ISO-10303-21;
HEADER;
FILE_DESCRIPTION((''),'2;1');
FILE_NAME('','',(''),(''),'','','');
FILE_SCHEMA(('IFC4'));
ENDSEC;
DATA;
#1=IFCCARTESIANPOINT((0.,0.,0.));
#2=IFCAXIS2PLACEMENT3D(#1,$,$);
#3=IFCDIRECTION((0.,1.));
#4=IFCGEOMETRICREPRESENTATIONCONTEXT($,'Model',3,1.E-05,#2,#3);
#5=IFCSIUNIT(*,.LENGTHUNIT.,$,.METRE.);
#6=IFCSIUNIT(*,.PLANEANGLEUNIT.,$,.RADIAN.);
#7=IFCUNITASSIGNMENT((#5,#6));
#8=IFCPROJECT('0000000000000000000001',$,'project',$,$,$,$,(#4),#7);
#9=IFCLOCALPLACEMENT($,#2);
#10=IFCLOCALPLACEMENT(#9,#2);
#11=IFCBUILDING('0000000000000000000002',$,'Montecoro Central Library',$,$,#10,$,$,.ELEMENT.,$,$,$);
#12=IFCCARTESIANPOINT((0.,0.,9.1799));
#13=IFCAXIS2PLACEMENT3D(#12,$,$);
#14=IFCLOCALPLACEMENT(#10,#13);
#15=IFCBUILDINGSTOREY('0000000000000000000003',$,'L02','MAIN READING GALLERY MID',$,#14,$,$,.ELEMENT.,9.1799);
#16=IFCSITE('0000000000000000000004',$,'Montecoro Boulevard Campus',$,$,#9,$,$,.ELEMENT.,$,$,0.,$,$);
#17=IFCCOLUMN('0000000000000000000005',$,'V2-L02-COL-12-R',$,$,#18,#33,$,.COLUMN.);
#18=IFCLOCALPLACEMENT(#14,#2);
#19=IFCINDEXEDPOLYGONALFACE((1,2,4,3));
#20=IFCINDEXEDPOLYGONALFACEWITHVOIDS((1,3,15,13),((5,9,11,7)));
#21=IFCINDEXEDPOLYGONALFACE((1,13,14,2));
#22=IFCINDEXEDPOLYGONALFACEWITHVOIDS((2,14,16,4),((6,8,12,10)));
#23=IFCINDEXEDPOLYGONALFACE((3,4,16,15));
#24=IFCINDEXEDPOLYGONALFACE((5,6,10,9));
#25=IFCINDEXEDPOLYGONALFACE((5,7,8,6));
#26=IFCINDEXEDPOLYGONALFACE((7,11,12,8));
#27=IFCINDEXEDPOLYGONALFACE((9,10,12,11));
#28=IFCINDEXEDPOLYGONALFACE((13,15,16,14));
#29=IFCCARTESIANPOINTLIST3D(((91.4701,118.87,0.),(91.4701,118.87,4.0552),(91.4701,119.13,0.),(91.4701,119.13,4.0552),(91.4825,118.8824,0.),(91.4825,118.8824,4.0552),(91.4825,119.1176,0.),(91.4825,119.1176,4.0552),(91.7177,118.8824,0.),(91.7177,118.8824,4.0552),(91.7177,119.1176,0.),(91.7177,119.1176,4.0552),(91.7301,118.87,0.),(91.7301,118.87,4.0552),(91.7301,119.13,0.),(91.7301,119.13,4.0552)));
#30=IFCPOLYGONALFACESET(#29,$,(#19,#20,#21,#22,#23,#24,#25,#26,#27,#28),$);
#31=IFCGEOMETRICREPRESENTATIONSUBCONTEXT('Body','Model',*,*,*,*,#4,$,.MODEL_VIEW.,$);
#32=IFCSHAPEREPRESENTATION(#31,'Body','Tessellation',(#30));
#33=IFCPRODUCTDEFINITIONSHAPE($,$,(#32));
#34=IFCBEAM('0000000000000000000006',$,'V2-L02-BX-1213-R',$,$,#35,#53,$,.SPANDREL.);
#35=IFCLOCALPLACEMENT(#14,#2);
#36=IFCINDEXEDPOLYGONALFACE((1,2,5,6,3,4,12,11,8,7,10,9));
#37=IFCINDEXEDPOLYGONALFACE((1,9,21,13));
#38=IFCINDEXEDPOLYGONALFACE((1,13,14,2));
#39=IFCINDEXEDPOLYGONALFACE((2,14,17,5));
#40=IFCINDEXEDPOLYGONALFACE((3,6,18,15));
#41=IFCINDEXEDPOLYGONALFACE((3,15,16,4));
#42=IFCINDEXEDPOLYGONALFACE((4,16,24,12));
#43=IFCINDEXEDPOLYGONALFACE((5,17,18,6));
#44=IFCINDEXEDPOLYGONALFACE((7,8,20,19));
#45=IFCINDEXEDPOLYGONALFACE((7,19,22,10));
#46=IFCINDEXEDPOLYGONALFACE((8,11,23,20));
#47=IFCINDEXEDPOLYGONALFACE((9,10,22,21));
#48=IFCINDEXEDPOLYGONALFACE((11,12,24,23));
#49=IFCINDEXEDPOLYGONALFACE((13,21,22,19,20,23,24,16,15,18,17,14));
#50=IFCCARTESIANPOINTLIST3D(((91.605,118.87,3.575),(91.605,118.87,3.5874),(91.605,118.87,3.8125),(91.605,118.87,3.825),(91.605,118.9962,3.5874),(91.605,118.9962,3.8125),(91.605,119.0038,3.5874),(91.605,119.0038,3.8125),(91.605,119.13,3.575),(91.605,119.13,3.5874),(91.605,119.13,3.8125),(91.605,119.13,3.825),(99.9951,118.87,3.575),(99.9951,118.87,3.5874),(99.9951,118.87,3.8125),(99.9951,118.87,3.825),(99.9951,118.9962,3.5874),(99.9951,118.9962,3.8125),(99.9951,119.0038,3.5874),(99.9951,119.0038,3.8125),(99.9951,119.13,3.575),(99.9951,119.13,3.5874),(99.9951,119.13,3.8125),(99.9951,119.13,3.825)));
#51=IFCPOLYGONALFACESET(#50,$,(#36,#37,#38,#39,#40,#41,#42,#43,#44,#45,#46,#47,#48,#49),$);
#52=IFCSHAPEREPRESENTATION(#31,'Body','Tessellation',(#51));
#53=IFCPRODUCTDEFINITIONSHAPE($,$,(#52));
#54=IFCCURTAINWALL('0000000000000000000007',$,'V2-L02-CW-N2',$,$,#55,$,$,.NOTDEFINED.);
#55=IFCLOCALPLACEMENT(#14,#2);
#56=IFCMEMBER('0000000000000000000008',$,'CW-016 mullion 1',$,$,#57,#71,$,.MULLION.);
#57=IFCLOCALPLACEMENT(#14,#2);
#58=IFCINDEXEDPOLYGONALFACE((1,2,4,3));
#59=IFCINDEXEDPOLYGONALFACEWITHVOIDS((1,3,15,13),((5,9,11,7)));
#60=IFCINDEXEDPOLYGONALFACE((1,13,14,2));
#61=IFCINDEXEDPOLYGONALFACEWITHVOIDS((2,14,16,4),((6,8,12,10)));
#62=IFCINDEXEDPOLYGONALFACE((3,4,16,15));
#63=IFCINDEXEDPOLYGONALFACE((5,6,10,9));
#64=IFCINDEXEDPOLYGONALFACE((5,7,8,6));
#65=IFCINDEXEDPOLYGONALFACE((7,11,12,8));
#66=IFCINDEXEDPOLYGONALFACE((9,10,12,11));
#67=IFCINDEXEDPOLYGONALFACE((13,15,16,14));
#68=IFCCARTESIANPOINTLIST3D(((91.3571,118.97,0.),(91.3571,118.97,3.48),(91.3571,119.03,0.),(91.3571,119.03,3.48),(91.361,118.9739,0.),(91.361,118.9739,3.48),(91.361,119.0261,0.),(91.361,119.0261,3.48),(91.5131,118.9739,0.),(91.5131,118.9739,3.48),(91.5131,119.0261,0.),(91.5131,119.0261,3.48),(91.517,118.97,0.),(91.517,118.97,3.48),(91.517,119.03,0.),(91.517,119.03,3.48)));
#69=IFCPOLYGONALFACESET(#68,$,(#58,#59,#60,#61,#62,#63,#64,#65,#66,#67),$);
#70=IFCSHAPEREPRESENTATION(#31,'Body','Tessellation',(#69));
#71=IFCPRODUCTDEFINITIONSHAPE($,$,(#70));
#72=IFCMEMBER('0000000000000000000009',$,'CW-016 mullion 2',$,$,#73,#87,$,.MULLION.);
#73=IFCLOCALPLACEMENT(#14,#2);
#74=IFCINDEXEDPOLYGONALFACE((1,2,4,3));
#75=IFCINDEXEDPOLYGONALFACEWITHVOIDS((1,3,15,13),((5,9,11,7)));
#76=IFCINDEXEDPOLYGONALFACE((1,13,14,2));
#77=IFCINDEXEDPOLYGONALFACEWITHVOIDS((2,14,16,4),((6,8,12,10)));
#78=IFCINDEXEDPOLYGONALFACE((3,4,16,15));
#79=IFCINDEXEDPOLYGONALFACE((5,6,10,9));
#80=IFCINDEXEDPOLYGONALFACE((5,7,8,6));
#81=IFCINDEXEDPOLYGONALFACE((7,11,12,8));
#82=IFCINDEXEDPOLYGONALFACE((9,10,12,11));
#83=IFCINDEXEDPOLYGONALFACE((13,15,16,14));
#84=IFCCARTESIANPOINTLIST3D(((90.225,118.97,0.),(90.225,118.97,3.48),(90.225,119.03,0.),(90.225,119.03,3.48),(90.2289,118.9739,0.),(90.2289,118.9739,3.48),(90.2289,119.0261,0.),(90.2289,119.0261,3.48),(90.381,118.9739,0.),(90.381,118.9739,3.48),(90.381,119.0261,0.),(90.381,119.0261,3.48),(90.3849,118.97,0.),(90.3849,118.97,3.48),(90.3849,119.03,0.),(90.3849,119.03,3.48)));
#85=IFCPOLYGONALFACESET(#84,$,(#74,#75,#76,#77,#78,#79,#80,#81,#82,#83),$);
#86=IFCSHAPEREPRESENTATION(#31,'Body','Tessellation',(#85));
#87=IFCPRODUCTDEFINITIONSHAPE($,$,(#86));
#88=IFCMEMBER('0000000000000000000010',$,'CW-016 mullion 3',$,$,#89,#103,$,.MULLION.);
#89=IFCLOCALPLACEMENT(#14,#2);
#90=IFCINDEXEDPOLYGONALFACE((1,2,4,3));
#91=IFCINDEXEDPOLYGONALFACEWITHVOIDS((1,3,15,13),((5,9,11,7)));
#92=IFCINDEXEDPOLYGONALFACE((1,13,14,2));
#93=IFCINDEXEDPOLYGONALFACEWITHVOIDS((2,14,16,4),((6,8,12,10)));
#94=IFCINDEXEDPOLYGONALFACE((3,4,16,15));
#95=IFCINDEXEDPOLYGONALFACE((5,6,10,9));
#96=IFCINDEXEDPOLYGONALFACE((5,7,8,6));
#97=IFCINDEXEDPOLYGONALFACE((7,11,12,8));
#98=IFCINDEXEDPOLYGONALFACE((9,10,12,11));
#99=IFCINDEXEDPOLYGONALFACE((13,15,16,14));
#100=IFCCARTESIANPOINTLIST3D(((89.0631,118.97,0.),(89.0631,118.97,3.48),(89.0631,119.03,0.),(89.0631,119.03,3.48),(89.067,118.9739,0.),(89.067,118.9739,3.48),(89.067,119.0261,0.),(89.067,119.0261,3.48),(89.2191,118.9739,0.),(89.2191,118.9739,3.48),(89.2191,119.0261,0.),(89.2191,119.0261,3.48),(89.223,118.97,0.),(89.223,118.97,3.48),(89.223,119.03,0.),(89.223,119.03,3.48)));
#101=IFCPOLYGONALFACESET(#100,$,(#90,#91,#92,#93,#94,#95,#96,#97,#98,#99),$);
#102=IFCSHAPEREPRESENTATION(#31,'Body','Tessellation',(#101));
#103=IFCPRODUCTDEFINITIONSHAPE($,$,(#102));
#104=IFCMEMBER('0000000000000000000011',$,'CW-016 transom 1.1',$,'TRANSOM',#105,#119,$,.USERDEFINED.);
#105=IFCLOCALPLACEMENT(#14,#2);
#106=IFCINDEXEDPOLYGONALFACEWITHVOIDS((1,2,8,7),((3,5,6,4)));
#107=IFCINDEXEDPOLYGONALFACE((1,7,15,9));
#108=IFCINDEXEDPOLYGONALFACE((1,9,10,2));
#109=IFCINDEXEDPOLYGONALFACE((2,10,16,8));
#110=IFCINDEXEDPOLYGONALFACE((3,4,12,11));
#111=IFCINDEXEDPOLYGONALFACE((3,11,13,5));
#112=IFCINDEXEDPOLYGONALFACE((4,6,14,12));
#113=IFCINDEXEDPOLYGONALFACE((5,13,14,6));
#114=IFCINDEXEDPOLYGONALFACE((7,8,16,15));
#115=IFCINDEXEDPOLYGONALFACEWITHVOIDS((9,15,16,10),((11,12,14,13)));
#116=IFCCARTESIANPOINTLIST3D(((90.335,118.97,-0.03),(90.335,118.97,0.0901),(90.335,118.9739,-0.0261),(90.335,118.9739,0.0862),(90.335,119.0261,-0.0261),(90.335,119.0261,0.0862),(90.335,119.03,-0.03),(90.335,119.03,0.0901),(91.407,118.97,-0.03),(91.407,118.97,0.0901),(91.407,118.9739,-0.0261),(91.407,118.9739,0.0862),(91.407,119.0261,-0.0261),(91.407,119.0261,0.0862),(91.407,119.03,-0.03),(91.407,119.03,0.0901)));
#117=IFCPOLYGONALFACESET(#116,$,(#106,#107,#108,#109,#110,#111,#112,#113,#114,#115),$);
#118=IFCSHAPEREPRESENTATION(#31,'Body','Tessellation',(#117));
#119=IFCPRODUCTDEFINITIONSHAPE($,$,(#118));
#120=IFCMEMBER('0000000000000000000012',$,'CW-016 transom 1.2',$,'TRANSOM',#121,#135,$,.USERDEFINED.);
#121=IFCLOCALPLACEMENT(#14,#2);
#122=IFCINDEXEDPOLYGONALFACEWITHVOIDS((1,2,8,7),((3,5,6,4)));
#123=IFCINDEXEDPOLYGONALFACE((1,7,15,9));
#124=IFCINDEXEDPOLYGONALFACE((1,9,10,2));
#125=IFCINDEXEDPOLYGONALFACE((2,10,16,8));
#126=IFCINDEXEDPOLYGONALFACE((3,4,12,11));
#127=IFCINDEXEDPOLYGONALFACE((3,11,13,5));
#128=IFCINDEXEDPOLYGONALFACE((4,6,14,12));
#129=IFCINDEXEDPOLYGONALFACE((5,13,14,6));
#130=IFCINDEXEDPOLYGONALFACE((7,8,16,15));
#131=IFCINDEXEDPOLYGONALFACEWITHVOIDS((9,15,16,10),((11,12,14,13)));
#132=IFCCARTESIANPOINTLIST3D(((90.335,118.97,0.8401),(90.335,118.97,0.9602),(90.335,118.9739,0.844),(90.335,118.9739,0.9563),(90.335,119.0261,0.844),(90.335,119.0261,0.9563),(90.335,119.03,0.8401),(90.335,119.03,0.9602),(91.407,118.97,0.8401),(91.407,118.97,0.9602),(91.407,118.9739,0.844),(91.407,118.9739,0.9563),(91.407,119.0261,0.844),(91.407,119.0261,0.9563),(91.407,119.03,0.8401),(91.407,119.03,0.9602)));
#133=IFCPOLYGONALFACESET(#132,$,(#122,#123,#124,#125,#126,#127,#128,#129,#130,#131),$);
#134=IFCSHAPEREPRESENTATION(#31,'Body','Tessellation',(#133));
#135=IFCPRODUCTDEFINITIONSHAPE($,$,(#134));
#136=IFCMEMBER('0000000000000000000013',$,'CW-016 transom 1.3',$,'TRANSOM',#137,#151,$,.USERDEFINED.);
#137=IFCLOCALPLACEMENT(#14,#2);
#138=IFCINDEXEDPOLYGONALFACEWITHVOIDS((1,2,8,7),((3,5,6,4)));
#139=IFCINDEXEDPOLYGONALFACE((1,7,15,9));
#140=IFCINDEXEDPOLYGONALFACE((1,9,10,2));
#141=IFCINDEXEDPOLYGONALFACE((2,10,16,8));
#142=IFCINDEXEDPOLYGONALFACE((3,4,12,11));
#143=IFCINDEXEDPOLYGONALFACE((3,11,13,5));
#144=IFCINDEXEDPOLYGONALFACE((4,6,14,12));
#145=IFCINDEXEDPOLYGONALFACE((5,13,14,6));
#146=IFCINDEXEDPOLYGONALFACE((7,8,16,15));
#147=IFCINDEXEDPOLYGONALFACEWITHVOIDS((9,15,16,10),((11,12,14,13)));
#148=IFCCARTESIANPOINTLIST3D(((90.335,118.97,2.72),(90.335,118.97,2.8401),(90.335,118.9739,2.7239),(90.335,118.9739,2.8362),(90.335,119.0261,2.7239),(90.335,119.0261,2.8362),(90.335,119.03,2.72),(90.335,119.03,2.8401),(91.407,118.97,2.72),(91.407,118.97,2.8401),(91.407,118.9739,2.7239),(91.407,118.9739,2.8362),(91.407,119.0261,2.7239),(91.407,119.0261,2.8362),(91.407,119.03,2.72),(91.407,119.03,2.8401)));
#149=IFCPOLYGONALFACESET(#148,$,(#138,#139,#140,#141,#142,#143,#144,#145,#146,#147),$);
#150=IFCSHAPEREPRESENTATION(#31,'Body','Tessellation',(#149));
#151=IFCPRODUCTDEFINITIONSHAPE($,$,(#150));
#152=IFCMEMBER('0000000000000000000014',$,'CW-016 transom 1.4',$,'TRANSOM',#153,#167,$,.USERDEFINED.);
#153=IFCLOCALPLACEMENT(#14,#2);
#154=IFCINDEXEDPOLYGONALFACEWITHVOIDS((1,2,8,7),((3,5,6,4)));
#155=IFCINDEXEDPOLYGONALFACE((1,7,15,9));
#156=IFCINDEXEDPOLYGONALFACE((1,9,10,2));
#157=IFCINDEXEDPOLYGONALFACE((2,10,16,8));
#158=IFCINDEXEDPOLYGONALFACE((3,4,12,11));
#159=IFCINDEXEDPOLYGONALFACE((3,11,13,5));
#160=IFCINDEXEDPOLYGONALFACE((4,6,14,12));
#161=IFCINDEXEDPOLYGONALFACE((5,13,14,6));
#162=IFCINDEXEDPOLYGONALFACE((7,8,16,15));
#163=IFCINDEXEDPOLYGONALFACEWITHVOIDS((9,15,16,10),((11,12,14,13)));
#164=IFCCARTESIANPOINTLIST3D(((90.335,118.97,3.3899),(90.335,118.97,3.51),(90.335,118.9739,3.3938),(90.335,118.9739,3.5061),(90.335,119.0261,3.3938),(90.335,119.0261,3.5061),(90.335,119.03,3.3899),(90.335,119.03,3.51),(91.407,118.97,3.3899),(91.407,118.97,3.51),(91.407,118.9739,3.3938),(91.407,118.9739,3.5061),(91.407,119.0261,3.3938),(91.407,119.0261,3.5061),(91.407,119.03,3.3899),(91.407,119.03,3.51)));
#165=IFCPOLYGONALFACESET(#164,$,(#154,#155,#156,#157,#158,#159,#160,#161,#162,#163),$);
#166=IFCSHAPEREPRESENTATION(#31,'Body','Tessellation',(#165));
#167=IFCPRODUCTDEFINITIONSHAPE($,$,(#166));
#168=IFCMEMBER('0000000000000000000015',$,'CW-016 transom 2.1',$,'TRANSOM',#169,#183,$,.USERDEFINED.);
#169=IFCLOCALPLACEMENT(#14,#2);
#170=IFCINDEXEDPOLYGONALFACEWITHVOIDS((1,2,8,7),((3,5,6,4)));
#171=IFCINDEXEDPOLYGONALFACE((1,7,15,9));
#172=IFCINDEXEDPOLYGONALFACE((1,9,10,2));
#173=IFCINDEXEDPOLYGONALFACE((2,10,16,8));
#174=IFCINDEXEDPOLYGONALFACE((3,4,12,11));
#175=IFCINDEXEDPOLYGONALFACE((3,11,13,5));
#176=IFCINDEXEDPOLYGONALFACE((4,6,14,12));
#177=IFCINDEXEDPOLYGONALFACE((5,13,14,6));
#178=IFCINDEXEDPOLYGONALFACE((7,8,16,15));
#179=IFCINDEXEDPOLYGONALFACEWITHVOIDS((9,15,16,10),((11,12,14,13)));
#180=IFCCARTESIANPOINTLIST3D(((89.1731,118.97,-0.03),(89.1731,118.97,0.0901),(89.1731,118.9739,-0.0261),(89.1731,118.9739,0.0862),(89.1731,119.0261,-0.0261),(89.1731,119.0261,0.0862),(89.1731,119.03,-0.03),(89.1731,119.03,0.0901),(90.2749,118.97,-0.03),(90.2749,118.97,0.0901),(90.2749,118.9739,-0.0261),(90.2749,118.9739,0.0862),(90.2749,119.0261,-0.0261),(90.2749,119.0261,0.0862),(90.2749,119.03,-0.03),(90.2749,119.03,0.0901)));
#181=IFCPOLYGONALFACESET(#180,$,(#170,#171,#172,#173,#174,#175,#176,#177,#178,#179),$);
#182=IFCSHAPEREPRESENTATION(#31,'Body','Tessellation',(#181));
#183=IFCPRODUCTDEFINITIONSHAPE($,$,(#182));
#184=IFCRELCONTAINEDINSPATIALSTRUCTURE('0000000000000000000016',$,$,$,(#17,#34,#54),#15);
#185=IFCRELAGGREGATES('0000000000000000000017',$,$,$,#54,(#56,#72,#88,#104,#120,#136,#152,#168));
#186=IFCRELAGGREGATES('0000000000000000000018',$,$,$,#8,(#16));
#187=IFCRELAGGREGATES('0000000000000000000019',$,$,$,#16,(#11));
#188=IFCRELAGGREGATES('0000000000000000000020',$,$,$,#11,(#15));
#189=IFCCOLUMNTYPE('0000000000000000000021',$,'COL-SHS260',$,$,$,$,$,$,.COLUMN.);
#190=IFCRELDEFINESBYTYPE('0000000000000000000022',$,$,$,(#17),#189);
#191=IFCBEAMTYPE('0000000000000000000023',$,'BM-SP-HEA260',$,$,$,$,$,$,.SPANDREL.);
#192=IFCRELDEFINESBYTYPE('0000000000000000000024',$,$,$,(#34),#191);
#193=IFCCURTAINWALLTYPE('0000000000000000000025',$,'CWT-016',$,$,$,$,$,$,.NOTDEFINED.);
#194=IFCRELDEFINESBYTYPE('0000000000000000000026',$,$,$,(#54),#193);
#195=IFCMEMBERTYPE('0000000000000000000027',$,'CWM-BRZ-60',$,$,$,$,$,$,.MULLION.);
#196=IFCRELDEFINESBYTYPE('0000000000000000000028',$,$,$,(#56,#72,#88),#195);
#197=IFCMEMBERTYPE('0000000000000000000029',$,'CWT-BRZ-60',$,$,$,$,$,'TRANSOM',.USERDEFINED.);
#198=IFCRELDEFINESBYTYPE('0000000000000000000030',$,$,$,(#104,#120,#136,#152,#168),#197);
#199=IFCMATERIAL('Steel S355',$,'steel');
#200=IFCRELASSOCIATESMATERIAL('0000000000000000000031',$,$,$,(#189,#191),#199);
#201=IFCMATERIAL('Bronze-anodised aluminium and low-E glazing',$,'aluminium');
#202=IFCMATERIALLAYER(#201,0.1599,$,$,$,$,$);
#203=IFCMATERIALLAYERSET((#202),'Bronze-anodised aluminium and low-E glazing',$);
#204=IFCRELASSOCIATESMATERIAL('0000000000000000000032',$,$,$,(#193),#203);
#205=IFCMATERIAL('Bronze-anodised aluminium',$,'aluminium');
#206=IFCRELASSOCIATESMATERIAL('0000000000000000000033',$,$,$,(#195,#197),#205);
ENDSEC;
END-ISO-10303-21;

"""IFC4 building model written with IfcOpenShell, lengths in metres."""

from ifc_helpers import new_model, si_unit, direction, frame, origin, origin_2d, place, context, subcontext, project, spatial, hollow_rectangle, i_section, extrude, material, layer, layer_set, material_profile, profile_set, type_object, element, aggregate, save


model = new_model("IFC4")

# Units and contexts
model_context = context("Model", 3, precision=1e-05, world=origin(), true_north=direction((0.0, 1.0)))
body_context = subcontext(model_context, "Body", "Model", "MODEL_VIEW")
ifc_project = project(units=[si_unit("LENGTHUNIT", "METRE"), si_unit("PLANEANGLEUNIT", "RADIAN")], contexts=[model_context])

# Site, building, storey
site_placement = place(None, origin())
site = spatial("IfcSite", under=ifc_project, at=site_placement, Name="Montecoro Boulevard Campus", CompositionType="ELEMENT", RefElevation=0.0)
building_placement = place(site_placement, origin())
building = spatial("IfcBuilding", under=site, at=building_placement, Name="Montecoro Central Library", CompositionType="ELEMENT")
storey_placement = place(building_placement, frame((0.0, 0.0, 9.1799)))
storey = spatial("IfcBuildingStorey", under=building, at=storey_placement, Name="L02", Description="MAIN READING GALLERY MID", CompositionType="ELEMENT", Elevation=9.1799)

# Column
ifc_material_1 = material(Name="Steel S355", Category="steel")
ifc_material_profile_1 = material_profile(ifc_material_1, hollow_rectangle(XDim=0.26, YDim=0.26, WallThickness=0.0125, at=origin_2d()), Name="SHS 260x260x12.5")
ifc_profile_set_1 = profile_set([ifc_material_profile_1], Name="Steel S355")
column_type = type_object("IfcColumnType", Name="COL-SHS260", PredefinedType="COLUMN", material=ifc_profile_set_1)
column_placement = place(storey_placement, frame((91.6001, 119.0, 0.0), z_axis=(0.0, 0.0, 1.0), x_axis=(1.0, 0.0, 0.0)))
element("IfcColumn", 1, at=column_placement, inside=storey, type_object=column_type, Name="V2-L02-COL-12-R", PredefinedType="COLUMN", context=body_context, shape_type="SweptSolid", body=[
    extrude(hollow_rectangle(XDim=0.26, YDim=0.26, WallThickness=0.0125, at=origin_2d()), origin(), (0.0, 0.0, 1.0), 4.0552),
])

# Beam
ifc_material_profile_2 = material_profile(ifc_material_1, i_section(OverallWidth=0.26, OverallDepth=0.25, WebThickness=0.0076, FlangeThickness=0.0125, at=origin_2d()), Name="HEA 260")
ifc_profile_set_2 = profile_set([ifc_material_profile_2], Name="Steel S355")
beam_type = type_object("IfcBeamType", Name="BM-SP-HEA260", PredefinedType="SPANDREL", material=ifc_profile_set_2)
beam_placement = place(storey_placement, frame((91.605, 119.0, 3.7), z_axis=(1.0, 0.0, 0.0), x_axis=(0.0, 1.0, 0.0)))
element("IfcBeam", 2, at=beam_placement, inside=storey, type_object=beam_type, Name="V2-L02-BX-1213-R", PredefinedType="SPANDREL", context=body_context, shape_type="SweptSolid", body=[
    extrude(i_section(OverallWidth=0.26, OverallDepth=0.25, WebThickness=0.0076, FlangeThickness=0.0125, at=origin_2d()), origin(), (0.0, 0.0, 1.0), 8.3901),
])

# Curtain wall, members
ifc_material_2 = material(Name="Bronze-anodised aluminium and low-E glazing", Category="aluminium")
ifc_layer_1 = layer(ifc_material_2, 0.1599)
ifc_layer_set_1 = layer_set([ifc_layer_1], Name="Bronze-anodised aluminium and low-E glazing")
curtain_wall_type = type_object("IfcCurtainWallType", Name="CWT-016", PredefinedType="NOTDEFINED", material=ifc_layer_set_1)
curtain_wall_placement = place(storey_placement, origin())
curtain_wall = element("IfcCurtainWall", 3, at=curtain_wall_placement, inside=storey, type_object=curtain_wall_type, Name="V2-L02-CW-N2", PredefinedType="NOTDEFINED")
ifc_material_3 = material(Name="Bronze-anodised aluminium", Category="aluminium")
ifc_material_profile_3 = material_profile(ifc_material_3, hollow_rectangle(XDim=0.0601, YDim=0.1599, WallThickness=0.0039, at=origin_2d()), Name="CWM 160x60x4.0")
ifc_profile_set_3 = profile_set([ifc_material_profile_3], Name="Bronze-anodised aluminium")
member_type_1 = type_object("IfcMemberType", Name="CWM-BRZ-60", PredefinedType="MULLION", material=ifc_profile_set_3)
member_1_placement = place(storey_placement, frame((91.437, 119.0, 0.0), z_axis=(0.0, 0.0, 1.0), x_axis=(0.0, -1.0, 0.0)))
member_1 = element("IfcMember", 4, at=member_1_placement, type_object=member_type_1, Name="CW-016 mullion 1", PredefinedType="MULLION", context=body_context, shape_type="SweptSolid", body=[
    extrude(hollow_rectangle(XDim=0.0601, YDim=0.1599, WallThickness=0.0039, at=origin_2d()), origin(), (0.0, 0.0, 1.0), 3.48),
])
member_2_placement = place(storey_placement, frame((90.3049, 119.0, 0.0), z_axis=(0.0, 0.0, 1.0), x_axis=(0.0, -1.0, 0.0)))
member_2 = element("IfcMember", 5, at=member_2_placement, type_object=member_type_1, Name="CW-016 mullion 2", PredefinedType="MULLION", context=body_context, shape_type="SweptSolid", body=[
    extrude(hollow_rectangle(XDim=0.0601, YDim=0.1599, WallThickness=0.0039, at=origin_2d()), origin(), (0.0, 0.0, 1.0), 3.48),
])
member_3_placement = place(storey_placement, frame((89.1431, 119.0, 0.0), z_axis=(0.0, 0.0, 1.0), x_axis=(0.0, -1.0, 0.0)))
member_3 = element("IfcMember", 6, at=member_3_placement, type_object=member_type_1, Name="CW-016 mullion 3", PredefinedType="MULLION", context=body_context, shape_type="SweptSolid", body=[
    extrude(hollow_rectangle(XDim=0.0601, YDim=0.1599, WallThickness=0.0039, at=origin_2d()), origin(), (0.0, 0.0, 1.0), 3.48),
])
ifc_material_profile_4 = material_profile(ifc_material_3, hollow_rectangle(XDim=0.0601, YDim=0.1201, WallThickness=0.0039, at=origin_2d()), Name="CWT 120x60x4.0")
ifc_profile_set_4 = profile_set([ifc_material_profile_4], Name="Bronze-anodised aluminium")
member_type_2 = type_object("IfcMemberType", Name="CWT-BRZ-60", ElementType="TRANSOM", PredefinedType="USERDEFINED", material=ifc_profile_set_4)
member_4_placement = place(storey_placement, frame((91.407, 119.0, 0.03), z_axis=(-1.0, 0.0, 0.0), x_axis=(0.0, -1.0, 0.0)))
member_4 = element("IfcMember", 7, at=member_4_placement, type_object=member_type_2, Name="CW-016 transom 1.1", ObjectType="TRANSOM", PredefinedType="USERDEFINED", context=body_context, shape_type="SweptSolid", body=[
    extrude(hollow_rectangle(XDim=0.0601, YDim=0.1201, WallThickness=0.0039, at=origin_2d()), origin(), (0.0, 0.0, 1.0), 1.072),
])
member_5_placement = place(storey_placement, frame((91.407, 119.0, 0.9001), z_axis=(-1.0, 0.0, 0.0), x_axis=(0.0, -1.0, 0.0)))
member_5 = element("IfcMember", 8, at=member_5_placement, type_object=member_type_2, Name="CW-016 transom 1.2", ObjectType="TRANSOM", PredefinedType="USERDEFINED", context=body_context, shape_type="SweptSolid", body=[
    extrude(hollow_rectangle(XDim=0.0601, YDim=0.1201, WallThickness=0.0039, at=origin_2d()), origin(), (0.0, 0.0, 1.0), 1.072),
])
member_6_placement = place(storey_placement, frame((91.407, 119.0, 2.78), z_axis=(-1.0, 0.0, 0.0), x_axis=(0.0, -1.0, 0.0)))
member_6 = element("IfcMember", 9, at=member_6_placement, type_object=member_type_2, Name="CW-016 transom 1.3", ObjectType="TRANSOM", PredefinedType="USERDEFINED", context=body_context, shape_type="SweptSolid", body=[
    extrude(hollow_rectangle(XDim=0.0601, YDim=0.1201, WallThickness=0.0039, at=origin_2d()), origin(), (0.0, 0.0, 1.0), 1.072),
])
member_7_placement = place(storey_placement, frame((91.407, 119.0, 3.45), z_axis=(-1.0, 0.0, 0.0), x_axis=(0.0, -1.0, 0.0)))
member_7 = element("IfcMember", 10, at=member_7_placement, type_object=member_type_2, Name="CW-016 transom 1.4", ObjectType="TRANSOM", PredefinedType="USERDEFINED", context=body_context, shape_type="SweptSolid", body=[
    extrude(hollow_rectangle(XDim=0.0601, YDim=0.1201, WallThickness=0.0039, at=origin_2d()), origin(), (0.0, 0.0, 1.0), 1.072),
])
member_8_placement = place(storey_placement, frame((90.2749, 119.0, 0.03), z_axis=(-1.0, 0.0, 0.0), x_axis=(0.0, -1.0, 0.0)))
member_8 = element("IfcMember", 11, at=member_8_placement, type_object=member_type_2, Name="CW-016 transom 2.1", ObjectType="TRANSOM", PredefinedType="USERDEFINED", context=body_context, shape_type="SweptSolid", body=[
    extrude(hollow_rectangle(XDim=0.0601, YDim=0.1201, WallThickness=0.0039, at=origin_2d()), origin(), (0.0, 0.0, 1.0), 1.1018),
])
aggregate(curtain_wall, [member_1, member_2, member_3, member_4, member_5, member_6, member_7, member_8])

save(model, "model.ifc")
